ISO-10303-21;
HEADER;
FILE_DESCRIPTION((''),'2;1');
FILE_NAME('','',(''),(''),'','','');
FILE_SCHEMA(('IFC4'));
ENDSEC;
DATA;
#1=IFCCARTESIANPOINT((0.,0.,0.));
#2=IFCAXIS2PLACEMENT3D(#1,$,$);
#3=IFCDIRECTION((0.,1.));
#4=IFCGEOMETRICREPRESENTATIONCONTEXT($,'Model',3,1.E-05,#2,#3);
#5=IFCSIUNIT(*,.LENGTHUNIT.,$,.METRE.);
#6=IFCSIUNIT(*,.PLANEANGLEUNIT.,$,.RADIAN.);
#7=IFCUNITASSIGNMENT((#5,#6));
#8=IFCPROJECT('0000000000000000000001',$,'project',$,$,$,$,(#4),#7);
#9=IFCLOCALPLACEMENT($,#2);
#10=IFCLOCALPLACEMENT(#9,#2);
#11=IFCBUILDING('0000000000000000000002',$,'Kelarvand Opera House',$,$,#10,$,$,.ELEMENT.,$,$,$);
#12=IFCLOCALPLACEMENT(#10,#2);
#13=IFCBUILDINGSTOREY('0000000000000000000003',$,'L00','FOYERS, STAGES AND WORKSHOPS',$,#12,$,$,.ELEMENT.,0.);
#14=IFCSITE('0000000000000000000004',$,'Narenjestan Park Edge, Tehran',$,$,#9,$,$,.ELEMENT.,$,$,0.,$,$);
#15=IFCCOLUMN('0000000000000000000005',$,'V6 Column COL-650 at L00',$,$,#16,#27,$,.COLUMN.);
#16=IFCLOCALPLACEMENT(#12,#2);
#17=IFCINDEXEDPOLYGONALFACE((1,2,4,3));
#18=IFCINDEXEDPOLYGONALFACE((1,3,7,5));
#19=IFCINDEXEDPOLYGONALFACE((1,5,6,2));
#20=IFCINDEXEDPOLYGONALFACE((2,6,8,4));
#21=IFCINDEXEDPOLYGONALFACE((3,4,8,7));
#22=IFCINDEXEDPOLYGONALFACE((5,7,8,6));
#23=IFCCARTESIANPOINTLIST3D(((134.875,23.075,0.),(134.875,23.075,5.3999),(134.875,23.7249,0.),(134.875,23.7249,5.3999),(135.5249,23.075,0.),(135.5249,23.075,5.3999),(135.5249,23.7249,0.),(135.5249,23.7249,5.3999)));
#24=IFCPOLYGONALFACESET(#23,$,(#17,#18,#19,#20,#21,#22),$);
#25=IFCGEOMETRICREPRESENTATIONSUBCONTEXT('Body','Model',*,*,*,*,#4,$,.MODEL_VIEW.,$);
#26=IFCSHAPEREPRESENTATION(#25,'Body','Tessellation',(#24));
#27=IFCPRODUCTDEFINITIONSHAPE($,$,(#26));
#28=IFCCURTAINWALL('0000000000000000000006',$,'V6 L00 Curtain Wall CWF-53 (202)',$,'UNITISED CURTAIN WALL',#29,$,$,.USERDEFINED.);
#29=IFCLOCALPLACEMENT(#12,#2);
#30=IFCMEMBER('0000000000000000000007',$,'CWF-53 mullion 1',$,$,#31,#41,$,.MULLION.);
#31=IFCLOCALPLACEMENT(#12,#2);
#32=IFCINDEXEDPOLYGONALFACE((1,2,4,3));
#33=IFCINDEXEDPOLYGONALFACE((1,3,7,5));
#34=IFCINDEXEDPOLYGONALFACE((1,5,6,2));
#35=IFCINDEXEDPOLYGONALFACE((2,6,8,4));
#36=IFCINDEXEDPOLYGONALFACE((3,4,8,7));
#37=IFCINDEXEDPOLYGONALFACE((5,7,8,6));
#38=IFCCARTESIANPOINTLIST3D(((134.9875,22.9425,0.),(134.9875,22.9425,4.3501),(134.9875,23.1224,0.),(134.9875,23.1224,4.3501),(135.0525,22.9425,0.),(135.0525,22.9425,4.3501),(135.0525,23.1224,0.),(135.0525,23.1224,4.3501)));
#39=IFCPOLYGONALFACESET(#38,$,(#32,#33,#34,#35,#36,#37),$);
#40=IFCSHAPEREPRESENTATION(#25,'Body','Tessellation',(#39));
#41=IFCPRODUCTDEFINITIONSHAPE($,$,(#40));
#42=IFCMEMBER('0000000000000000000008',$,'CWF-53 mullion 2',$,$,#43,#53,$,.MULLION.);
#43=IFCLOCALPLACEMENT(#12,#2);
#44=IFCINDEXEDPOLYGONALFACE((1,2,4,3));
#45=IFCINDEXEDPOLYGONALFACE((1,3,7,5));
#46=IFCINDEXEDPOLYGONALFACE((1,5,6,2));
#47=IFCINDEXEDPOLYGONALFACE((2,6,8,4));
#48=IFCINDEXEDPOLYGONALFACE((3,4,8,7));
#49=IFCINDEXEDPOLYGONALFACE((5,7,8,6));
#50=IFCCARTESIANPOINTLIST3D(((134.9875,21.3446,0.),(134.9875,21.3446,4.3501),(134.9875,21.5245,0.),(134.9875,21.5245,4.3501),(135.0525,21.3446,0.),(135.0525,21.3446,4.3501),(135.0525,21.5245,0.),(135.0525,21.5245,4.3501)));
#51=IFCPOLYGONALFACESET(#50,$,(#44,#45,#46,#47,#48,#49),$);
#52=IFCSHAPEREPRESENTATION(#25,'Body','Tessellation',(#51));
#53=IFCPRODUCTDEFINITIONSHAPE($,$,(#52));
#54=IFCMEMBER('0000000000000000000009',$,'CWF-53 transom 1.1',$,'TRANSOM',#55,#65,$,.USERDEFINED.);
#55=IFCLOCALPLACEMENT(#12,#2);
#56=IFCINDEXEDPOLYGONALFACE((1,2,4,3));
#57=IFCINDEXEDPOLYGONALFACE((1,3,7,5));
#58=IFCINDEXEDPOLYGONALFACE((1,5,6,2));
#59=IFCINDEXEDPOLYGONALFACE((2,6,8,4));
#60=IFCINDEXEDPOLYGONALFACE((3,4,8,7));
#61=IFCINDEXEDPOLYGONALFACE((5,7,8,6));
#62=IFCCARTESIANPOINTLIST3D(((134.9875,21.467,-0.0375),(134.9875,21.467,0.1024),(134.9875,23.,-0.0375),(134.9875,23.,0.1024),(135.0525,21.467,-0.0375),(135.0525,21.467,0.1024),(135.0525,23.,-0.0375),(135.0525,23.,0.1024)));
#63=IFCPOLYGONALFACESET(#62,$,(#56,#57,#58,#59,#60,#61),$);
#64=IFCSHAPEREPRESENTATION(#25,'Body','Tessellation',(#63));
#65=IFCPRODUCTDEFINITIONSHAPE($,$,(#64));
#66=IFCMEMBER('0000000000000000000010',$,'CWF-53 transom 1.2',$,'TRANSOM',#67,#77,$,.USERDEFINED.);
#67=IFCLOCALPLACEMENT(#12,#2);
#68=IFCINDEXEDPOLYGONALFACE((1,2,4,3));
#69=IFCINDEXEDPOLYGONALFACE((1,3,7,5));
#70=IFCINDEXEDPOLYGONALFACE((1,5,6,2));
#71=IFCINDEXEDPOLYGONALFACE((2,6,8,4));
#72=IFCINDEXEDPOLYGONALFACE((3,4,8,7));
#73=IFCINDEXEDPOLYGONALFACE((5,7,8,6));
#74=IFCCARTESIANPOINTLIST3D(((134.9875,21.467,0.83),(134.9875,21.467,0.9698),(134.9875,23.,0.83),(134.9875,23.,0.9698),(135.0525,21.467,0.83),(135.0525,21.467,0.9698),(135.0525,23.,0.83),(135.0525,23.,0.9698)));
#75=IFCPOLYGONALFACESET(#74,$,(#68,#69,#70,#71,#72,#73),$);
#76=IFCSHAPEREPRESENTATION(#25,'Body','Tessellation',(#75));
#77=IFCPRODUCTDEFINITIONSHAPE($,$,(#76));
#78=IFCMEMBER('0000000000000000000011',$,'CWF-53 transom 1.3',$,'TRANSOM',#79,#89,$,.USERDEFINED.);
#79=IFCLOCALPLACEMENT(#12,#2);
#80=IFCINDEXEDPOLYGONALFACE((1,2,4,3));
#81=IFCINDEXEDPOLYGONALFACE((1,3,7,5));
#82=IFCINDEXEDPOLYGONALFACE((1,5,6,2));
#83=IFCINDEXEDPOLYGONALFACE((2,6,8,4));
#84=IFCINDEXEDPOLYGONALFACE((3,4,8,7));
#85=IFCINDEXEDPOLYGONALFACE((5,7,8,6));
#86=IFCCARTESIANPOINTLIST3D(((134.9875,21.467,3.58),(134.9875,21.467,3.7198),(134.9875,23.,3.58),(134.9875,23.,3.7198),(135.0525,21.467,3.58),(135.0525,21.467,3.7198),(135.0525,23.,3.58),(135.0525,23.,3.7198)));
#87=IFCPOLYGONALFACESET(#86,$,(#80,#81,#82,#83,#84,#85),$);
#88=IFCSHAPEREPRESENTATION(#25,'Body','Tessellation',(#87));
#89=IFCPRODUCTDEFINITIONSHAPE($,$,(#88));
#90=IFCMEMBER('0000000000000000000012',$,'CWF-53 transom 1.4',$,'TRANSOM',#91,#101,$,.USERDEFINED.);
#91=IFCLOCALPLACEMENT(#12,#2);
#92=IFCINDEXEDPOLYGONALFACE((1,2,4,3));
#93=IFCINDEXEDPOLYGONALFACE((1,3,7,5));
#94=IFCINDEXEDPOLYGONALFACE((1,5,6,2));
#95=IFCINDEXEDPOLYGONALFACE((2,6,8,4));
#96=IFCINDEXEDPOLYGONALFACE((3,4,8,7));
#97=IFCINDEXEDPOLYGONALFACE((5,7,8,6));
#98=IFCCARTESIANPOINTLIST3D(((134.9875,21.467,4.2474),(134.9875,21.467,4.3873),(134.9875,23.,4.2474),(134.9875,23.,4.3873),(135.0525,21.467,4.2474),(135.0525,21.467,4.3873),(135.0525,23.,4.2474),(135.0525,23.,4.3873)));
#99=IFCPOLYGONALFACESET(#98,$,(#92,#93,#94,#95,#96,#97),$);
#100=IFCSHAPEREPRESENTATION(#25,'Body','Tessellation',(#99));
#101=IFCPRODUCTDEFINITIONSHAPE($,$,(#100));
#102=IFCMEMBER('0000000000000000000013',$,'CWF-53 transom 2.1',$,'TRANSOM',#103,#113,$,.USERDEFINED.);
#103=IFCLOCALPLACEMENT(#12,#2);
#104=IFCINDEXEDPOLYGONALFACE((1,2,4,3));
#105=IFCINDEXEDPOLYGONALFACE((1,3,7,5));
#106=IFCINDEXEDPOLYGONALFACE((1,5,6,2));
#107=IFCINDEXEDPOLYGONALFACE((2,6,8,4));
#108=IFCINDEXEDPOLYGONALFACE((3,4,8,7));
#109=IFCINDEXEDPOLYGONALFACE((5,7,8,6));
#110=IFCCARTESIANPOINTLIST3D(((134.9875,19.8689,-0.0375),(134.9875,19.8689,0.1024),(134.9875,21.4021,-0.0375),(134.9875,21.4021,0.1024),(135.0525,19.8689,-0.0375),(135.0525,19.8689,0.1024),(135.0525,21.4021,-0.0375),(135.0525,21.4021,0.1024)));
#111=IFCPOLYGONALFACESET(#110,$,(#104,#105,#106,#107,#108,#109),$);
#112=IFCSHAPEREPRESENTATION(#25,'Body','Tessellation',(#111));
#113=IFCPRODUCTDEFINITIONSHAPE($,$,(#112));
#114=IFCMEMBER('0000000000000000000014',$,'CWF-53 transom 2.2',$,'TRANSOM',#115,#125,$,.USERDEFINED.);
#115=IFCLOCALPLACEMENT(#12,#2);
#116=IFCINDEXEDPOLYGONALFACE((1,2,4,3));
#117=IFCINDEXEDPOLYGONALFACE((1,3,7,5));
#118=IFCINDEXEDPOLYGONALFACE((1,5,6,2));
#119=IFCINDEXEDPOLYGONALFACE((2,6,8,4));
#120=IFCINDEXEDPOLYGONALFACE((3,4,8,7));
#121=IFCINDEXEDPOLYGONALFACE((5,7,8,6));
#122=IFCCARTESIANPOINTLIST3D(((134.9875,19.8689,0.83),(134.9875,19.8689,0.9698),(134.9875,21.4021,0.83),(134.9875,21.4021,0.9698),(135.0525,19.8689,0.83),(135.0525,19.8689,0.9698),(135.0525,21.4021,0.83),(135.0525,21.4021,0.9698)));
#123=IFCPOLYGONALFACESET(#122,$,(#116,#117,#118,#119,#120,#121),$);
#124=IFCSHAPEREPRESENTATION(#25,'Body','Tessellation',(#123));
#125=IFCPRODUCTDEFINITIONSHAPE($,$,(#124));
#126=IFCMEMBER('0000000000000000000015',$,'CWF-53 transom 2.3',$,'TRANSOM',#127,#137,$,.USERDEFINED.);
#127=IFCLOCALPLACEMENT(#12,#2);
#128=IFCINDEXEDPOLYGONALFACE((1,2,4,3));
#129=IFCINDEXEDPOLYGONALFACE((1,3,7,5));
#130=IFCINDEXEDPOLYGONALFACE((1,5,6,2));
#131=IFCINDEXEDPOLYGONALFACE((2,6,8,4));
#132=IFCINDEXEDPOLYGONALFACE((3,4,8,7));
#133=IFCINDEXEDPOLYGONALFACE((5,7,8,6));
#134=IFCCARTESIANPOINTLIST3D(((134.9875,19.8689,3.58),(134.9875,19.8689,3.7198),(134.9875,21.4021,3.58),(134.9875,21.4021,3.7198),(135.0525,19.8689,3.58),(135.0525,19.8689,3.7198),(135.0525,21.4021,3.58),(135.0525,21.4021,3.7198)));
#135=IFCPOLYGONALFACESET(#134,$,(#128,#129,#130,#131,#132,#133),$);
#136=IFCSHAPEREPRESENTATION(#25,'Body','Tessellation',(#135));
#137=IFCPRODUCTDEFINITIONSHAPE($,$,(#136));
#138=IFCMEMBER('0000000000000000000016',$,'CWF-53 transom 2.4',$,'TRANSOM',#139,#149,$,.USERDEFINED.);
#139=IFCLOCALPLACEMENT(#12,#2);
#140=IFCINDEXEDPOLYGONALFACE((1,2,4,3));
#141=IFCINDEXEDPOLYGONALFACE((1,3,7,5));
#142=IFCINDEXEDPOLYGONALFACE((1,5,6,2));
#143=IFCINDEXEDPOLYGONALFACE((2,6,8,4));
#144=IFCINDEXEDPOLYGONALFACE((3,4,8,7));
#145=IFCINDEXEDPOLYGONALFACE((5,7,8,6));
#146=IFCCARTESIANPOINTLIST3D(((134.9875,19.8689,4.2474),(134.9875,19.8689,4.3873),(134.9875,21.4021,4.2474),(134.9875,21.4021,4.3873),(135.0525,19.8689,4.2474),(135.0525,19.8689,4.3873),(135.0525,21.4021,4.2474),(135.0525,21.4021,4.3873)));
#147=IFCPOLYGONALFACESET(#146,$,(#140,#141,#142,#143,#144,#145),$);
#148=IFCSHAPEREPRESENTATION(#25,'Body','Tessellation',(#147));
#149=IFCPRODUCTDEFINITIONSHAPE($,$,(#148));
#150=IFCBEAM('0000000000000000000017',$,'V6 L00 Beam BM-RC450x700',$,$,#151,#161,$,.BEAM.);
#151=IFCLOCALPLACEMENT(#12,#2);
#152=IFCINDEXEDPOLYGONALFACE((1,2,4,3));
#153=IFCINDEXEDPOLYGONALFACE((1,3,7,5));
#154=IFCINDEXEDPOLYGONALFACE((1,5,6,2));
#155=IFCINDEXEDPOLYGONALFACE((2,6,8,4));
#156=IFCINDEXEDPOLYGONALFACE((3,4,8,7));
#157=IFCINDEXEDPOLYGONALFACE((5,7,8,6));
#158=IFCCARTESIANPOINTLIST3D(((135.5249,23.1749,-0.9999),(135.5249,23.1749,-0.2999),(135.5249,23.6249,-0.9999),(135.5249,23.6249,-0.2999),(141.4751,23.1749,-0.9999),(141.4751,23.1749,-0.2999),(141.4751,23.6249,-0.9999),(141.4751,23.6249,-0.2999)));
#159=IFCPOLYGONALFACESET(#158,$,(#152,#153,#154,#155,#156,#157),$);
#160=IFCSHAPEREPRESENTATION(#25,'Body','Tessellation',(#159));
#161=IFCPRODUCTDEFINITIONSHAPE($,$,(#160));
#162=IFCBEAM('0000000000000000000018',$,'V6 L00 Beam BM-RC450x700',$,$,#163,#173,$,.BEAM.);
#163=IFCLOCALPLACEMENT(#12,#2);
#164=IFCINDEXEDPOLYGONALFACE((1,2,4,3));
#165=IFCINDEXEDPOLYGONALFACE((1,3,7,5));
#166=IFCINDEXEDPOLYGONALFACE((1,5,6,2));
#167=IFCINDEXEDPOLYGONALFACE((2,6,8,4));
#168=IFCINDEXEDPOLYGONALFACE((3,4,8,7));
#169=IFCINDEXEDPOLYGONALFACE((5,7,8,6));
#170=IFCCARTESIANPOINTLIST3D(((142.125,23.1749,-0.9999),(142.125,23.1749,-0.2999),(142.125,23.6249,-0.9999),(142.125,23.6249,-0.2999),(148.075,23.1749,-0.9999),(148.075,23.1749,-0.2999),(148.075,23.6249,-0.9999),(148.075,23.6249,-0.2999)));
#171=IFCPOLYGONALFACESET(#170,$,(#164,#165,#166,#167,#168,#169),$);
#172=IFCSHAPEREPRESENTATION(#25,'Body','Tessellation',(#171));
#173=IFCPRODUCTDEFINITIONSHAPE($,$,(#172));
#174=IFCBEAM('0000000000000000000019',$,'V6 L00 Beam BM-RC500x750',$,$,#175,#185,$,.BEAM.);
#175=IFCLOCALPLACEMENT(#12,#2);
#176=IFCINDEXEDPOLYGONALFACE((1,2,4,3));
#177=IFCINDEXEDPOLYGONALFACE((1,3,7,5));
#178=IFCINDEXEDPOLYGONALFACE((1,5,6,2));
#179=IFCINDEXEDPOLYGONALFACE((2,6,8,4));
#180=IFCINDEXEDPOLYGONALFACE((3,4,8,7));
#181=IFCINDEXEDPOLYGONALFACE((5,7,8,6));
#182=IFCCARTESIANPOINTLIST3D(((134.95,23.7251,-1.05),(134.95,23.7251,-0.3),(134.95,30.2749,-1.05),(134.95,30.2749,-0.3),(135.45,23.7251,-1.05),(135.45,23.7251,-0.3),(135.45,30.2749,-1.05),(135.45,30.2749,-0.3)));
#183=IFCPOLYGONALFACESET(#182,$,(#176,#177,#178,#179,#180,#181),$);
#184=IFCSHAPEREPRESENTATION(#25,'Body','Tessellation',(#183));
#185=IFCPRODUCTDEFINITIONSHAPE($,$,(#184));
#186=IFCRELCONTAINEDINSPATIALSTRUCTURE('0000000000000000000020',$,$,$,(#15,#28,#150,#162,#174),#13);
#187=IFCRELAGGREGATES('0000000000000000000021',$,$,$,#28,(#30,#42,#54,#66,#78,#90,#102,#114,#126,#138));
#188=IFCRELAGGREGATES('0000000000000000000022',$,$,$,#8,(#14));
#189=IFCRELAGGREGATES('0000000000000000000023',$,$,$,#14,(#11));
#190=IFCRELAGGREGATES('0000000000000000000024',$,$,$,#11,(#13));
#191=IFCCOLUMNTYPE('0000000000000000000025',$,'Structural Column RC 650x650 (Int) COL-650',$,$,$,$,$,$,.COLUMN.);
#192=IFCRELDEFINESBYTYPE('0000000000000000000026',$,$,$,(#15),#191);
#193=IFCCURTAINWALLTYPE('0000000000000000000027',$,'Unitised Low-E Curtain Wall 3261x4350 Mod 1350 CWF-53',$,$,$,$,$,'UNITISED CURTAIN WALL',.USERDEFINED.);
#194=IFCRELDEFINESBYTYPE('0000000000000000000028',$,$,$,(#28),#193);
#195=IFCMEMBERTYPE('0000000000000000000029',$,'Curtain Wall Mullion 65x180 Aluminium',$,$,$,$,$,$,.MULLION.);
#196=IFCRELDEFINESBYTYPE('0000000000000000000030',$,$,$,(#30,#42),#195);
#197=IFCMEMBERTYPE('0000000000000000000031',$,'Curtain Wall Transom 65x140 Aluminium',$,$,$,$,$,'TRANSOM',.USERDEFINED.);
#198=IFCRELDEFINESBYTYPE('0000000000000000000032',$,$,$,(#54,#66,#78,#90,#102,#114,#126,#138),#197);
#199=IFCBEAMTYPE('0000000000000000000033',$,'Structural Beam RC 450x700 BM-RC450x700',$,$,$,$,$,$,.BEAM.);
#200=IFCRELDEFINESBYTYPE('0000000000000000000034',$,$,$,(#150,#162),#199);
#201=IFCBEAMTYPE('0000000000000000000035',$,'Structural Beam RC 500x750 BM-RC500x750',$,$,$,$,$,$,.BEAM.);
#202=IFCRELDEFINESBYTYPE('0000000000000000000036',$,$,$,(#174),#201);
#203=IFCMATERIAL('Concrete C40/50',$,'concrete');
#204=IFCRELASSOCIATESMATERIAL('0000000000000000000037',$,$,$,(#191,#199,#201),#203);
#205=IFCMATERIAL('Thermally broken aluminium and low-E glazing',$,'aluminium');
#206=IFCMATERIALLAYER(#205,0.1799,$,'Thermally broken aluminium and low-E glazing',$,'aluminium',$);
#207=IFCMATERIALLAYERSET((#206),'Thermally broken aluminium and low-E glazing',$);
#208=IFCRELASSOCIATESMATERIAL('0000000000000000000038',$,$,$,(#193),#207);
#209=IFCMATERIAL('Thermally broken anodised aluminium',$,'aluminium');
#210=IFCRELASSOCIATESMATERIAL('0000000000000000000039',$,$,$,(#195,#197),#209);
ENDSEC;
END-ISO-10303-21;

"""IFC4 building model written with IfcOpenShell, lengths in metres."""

from ifc_helpers import new_model, si_unit, direction, frame, origin, origin_2d, place, context, subcontext, project, spatial, rectangle, extrude, material, layer, layer_set, material_profile, profile_set, type_object, element, aggregate, save


model = new_model("IFC4")

# Units and contexts
model_context = context("Model", 3, precision=1e-05, world=origin(), true_north=direction((0.0, 1.0)))
body_context = subcontext(model_context, "Body", "Model", "MODEL_VIEW")
ifc_project = project(units=[si_unit("LENGTHUNIT", "METRE"), si_unit("PLANEANGLEUNIT", "RADIAN")], contexts=[model_context])

# Site, building, storey
site_placement = place(None, origin())
site = spatial("IfcSite", under=ifc_project, at=site_placement, Name="Narenjestan Park Edge, Tehran", CompositionType="ELEMENT", RefElevation=0.0)
building_placement = place(site_placement, origin())
building = spatial("IfcBuilding", under=site, at=building_placement, Name="Kelarvand Opera House", CompositionType="ELEMENT")
storey_placement = place(building_placement, origin())
storey = spatial("IfcBuildingStorey", under=building, at=storey_placement, Name="L00", Description="FOYERS, STAGES AND WORKSHOPS", CompositionType="ELEMENT", Elevation=0.0)

# Column
ifc_material_1 = material(Name="Concrete C40/50", Category="concrete")
ifc_material_profile_1 = material_profile(ifc_material_1, rectangle(XDim=0.6499, YDim=0.6499, at=origin_2d()), Name="RC 650x650", Category="concrete")
ifc_profile_set_1 = profile_set([ifc_material_profile_1], Name="Concrete C40/50")
column_type = type_object("IfcColumnType", Name="Structural Column RC 650x650 (Int) COL-650", PredefinedType="COLUMN", material=ifc_profile_set_1)
column_placement = place(storey_placement, frame((135.2, 23.3999, 0.0), z_axis=(0.0, 0.0, 1.0), x_axis=(1.0, 0.0, 0.0)))
element("IfcColumn", 1, at=column_placement, inside=storey, type_object=column_type, Name="V6 Column COL-650 at L00", PredefinedType="COLUMN", context=body_context, shape_type="SweptSolid", body=[
    extrude(rectangle(XDim=0.6499, YDim=0.6499, at=origin_2d()), origin(), (0.0, 0.0, 1.0), 5.3999),
])

# Curtain wall, members
ifc_material_2 = material(Name="Thermally broken aluminium and low-E glazing", Category="aluminium")
ifc_layer_1 = layer(ifc_material_2, 0.1799, Name="Thermally broken aluminium and low-E glazing", Category="aluminium")
ifc_layer_set_1 = layer_set([ifc_layer_1], Name="Thermally broken aluminium and low-E glazing")
curtain_wall_type = type_object("IfcCurtainWallType", Name="Unitised Low-E Curtain Wall 3261x4350 Mod 1350 CWF-53", ElementType="UNITISED CURTAIN WALL", PredefinedType="USERDEFINED", material=ifc_layer_set_1)
curtain_wall_placement = place(storey_placement, origin())
curtain_wall = element("IfcCurtainWall", 2, at=curtain_wall_placement, inside=storey, type_object=curtain_wall_type, Name="V6 L00 Curtain Wall CWF-53 (202)", ObjectType="UNITISED CURTAIN WALL", PredefinedType="USERDEFINED")
ifc_material_3 = material(Name="Thermally broken anodised aluminium", Category="aluminium")
ifc_material_profile_2 = material_profile(ifc_material_3, rectangle(XDim=0.0649, YDim=0.1799, at=origin_2d()), Name="ALU MULLION 65x180", Category="aluminium")
ifc_profile_set_2 = profile_set([ifc_material_profile_2], Name="Thermally broken anodised aluminium")
member_type_1 = type_object("IfcMemberType", Name="Curtain Wall Mullion 65x180 Aluminium", PredefinedType="MULLION", material=ifc_profile_set_2)
member_1_placement = place(storey_placement, frame((135.02, 23.0325, 0.0), z_axis=(0.0, 0.0, 1.0), x_axis=(1.0, 0.0, 0.0)))
member_1 = element("IfcMember", 3, at=member_1_placement, type_object=member_type_1, Name="CWF-53 mullion 1", PredefinedType="MULLION", context=body_context, shape_type="SweptSolid", body=[
    extrude(rectangle(XDim=0.0649, YDim=0.1799, at=origin_2d()), origin(), (0.0, 0.0, 1.0), 4.3501),
])
member_2_placement = place(storey_placement, frame((135.02, 21.4346, 0.0), z_axis=(0.0, 0.0, 1.0), x_axis=(1.0, 0.0, 0.0)))
member_2 = element("IfcMember", 4, at=member_2_placement, type_object=member_type_1, Name="CWF-53 mullion 2", PredefinedType="MULLION", context=body_context, shape_type="SweptSolid", body=[
    extrude(rectangle(XDim=0.0649, YDim=0.1799, at=origin_2d()), origin(), (0.0, 0.0, 1.0), 4.3501),
])
ifc_material_profile_3 = material_profile(ifc_material_3, rectangle(XDim=0.0649, YDim=0.1399, at=origin_2d()), Name="ALU TRANSOM 65x140", Category="aluminium")
ifc_profile_set_3 = profile_set([ifc_material_profile_3], Name="Thermally broken anodised aluminium")
member_type_2 = type_object("IfcMemberType", Name="Curtain Wall Transom 65x140 Aluminium", ElementType="TRANSOM", PredefinedType="USERDEFINED", material=ifc_profile_set_3)
member_3_placement = place(storey_placement, frame((135.02, 23.0, 0.0325), z_axis=(0.0, -1.0, 0.0), x_axis=(1.0, 0.0, 0.0)))
member_3 = element("IfcMember", 5, at=member_3_placement, type_object=member_type_2, Name="CWF-53 transom 1.1", ObjectType="TRANSOM", PredefinedType="USERDEFINED", context=body_context, shape_type="SweptSolid", body=[
    extrude(rectangle(XDim=0.0649, YDim=0.1399, at=origin_2d()), origin(), (0.0, 0.0, 1.0), 1.533),
])
member_4_placement = place(storey_placement, frame((135.02, 23.0, 0.8999), z_axis=(0.0, -1.0, 0.0), x_axis=(1.0, 0.0, 0.0)))
member_4 = element("IfcMember", 6, at=member_4_placement, type_object=member_type_2, Name="CWF-53 transom 1.2", ObjectType="TRANSOM", PredefinedType="USERDEFINED", context=body_context, shape_type="SweptSolid", body=[
    extrude(rectangle(XDim=0.0649, YDim=0.1399, at=origin_2d()), origin(), (0.0, 0.0, 1.0), 1.533),
])
member_5_placement = place(storey_placement, frame((135.02, 23.0, 3.6499), z_axis=(0.0, -1.0, 0.0), x_axis=(1.0, 0.0, 0.0)))
member_5 = element("IfcMember", 7, at=member_5_placement, type_object=member_type_2, Name="CWF-53 transom 1.3", ObjectType="TRANSOM", PredefinedType="USERDEFINED", context=body_context, shape_type="SweptSolid", body=[
    extrude(rectangle(XDim=0.0649, YDim=0.1399, at=origin_2d()), origin(), (0.0, 0.0, 1.0), 1.533),
])
member_6_placement = place(storey_placement, frame((135.02, 23.0, 4.3174), z_axis=(0.0, -1.0, 0.0), x_axis=(1.0, 0.0, 0.0)))
member_6 = element("IfcMember", 8, at=member_6_placement, type_object=member_type_2, Name="CWF-53 transom 1.4", ObjectType="TRANSOM", PredefinedType="USERDEFINED", context=body_context, shape_type="SweptSolid", body=[
    extrude(rectangle(XDim=0.0649, YDim=0.1399, at=origin_2d()), origin(), (0.0, 0.0, 1.0), 1.533),
])
member_7_placement = place(storey_placement, frame((135.02, 21.4021, 0.0325), z_axis=(0.0, -1.0, 0.0), x_axis=(1.0, 0.0, 0.0)))
member_7 = element("IfcMember", 9, at=member_7_placement, type_object=member_type_2, Name="CWF-53 transom 2.1", ObjectType="TRANSOM", PredefinedType="USERDEFINED", context=body_context, shape_type="SweptSolid", body=[
    extrude(rectangle(XDim=0.0649, YDim=0.1399, at=origin_2d()), origin(), (0.0, 0.0, 1.0), 1.5332),
])
member_8_placement = place(storey_placement, frame((135.02, 21.4021, 0.8999), z_axis=(0.0, -1.0, 0.0), x_axis=(1.0, 0.0, 0.0)))
member_8 = element("IfcMember", 10, at=member_8_placement, type_object=member_type_2, Name="CWF-53 transom 2.2", ObjectType="TRANSOM", PredefinedType="USERDEFINED", context=body_context, shape_type="SweptSolid", body=[
    extrude(rectangle(XDim=0.0649, YDim=0.1399, at=origin_2d()), origin(), (0.0, 0.0, 1.0), 1.5332),
])
member_9_placement = place(storey_placement, frame((135.02, 21.4021, 3.6499), z_axis=(0.0, -1.0, 0.0), x_axis=(1.0, 0.0, 0.0)))
member_9 = element("IfcMember", 11, at=member_9_placement, type_object=member_type_2, Name="CWF-53 transom 2.3", ObjectType="TRANSOM", PredefinedType="USERDEFINED", context=body_context, shape_type="SweptSolid", body=[
    extrude(rectangle(XDim=0.0649, YDim=0.1399, at=origin_2d()), origin(), (0.0, 0.0, 1.0), 1.5332),
])
member_10_placement = place(storey_placement, frame((135.02, 21.4021, 4.3174), z_axis=(0.0, -1.0, 0.0), x_axis=(1.0, 0.0, 0.0)))
member_10 = element("IfcMember", 12, at=member_10_placement, type_object=member_type_2, Name="CWF-53 transom 2.4", ObjectType="TRANSOM", PredefinedType="USERDEFINED", context=body_context, shape_type="SweptSolid", body=[
    extrude(rectangle(XDim=0.0649, YDim=0.1399, at=origin_2d()), origin(), (0.0, 0.0, 1.0), 1.5332),
])

# Beams
ifc_material_profile_4 = material_profile(ifc_material_1, rectangle(XDim=0.45, YDim=0.7, at=origin_2d()), Name="RC 450x700", Category="concrete")
ifc_profile_set_4 = profile_set([ifc_material_profile_4], Name="Concrete C40/50")
beam_type_1 = type_object("IfcBeamType", Name="Structural Beam RC 450x700 BM-RC450x700", PredefinedType="BEAM", material=ifc_profile_set_4)
beam_1_placement = place(storey_placement, frame((135.5249, 23.3999, -0.6499), z_axis=(1.0, 0.0, 0.0), x_axis=(0.0, 1.0, 0.0)))
element("IfcBeam", 13, at=beam_1_placement, inside=storey, type_object=beam_type_1, Name="V6 L00 Beam BM-RC450x700", PredefinedType="BEAM", context=body_context, shape_type="SweptSolid", body=[
    extrude(rectangle(XDim=0.45, YDim=0.7, at=origin_2d()), origin(), (0.0, 0.0, 1.0), 5.9502),
])
beam_2_placement = place(storey_placement, frame((142.125, 23.3999, -0.6499), z_axis=(1.0, 0.0, 0.0), x_axis=(0.0, 1.0, 0.0)))
element("IfcBeam", 14, at=beam_2_placement, inside=storey, type_object=beam_type_1, Name="V6 L00 Beam BM-RC450x700", PredefinedType="BEAM", context=body_context, shape_type="SweptSolid", body=[
    extrude(rectangle(XDim=0.45, YDim=0.7, at=origin_2d()), origin(), (0.0, 0.0, 1.0), 5.95),
])
ifc_material_profile_5 = material_profile(ifc_material_1, rectangle(XDim=0.5, YDim=0.75, at=origin_2d()), Name="RC 500x750", Category="concrete")
ifc_profile_set_5 = profile_set([ifc_material_profile_5], Name="Concrete C40/50")
beam_type_2 = type_object("IfcBeamType", Name="Structural Beam RC 500x750 BM-RC500x750", PredefinedType="BEAM", material=ifc_profile_set_5)
for number, where, z_axis, x_axis, name in (
    (15, (135.2, 23.7251, -0.675), (0.0, 1.0, 0.0), (-1.0, 0.0, 0.0), "V6 L00 Beam BM-RC500x750"),
):
    element("IfcBeam", number, at=place(storey_placement, frame(where, z_axis=z_axis, x_axis=x_axis)), inside=storey, type_object=beam_type_2, Name=name, PredefinedType="BEAM", context=body_context, shape_type="SweptSolid", body=[
        extrude(rectangle(XDim=0.5, YDim=0.75, at=origin_2d()), origin(), (0.0, 0.0, 1.0), 6.5498),
    ])

aggregate(curtain_wall, [member_1, member_2, member_3, member_4, member_5, member_6, member_7, member_8, member_9, member_10])

save(model, "model.ifc")
